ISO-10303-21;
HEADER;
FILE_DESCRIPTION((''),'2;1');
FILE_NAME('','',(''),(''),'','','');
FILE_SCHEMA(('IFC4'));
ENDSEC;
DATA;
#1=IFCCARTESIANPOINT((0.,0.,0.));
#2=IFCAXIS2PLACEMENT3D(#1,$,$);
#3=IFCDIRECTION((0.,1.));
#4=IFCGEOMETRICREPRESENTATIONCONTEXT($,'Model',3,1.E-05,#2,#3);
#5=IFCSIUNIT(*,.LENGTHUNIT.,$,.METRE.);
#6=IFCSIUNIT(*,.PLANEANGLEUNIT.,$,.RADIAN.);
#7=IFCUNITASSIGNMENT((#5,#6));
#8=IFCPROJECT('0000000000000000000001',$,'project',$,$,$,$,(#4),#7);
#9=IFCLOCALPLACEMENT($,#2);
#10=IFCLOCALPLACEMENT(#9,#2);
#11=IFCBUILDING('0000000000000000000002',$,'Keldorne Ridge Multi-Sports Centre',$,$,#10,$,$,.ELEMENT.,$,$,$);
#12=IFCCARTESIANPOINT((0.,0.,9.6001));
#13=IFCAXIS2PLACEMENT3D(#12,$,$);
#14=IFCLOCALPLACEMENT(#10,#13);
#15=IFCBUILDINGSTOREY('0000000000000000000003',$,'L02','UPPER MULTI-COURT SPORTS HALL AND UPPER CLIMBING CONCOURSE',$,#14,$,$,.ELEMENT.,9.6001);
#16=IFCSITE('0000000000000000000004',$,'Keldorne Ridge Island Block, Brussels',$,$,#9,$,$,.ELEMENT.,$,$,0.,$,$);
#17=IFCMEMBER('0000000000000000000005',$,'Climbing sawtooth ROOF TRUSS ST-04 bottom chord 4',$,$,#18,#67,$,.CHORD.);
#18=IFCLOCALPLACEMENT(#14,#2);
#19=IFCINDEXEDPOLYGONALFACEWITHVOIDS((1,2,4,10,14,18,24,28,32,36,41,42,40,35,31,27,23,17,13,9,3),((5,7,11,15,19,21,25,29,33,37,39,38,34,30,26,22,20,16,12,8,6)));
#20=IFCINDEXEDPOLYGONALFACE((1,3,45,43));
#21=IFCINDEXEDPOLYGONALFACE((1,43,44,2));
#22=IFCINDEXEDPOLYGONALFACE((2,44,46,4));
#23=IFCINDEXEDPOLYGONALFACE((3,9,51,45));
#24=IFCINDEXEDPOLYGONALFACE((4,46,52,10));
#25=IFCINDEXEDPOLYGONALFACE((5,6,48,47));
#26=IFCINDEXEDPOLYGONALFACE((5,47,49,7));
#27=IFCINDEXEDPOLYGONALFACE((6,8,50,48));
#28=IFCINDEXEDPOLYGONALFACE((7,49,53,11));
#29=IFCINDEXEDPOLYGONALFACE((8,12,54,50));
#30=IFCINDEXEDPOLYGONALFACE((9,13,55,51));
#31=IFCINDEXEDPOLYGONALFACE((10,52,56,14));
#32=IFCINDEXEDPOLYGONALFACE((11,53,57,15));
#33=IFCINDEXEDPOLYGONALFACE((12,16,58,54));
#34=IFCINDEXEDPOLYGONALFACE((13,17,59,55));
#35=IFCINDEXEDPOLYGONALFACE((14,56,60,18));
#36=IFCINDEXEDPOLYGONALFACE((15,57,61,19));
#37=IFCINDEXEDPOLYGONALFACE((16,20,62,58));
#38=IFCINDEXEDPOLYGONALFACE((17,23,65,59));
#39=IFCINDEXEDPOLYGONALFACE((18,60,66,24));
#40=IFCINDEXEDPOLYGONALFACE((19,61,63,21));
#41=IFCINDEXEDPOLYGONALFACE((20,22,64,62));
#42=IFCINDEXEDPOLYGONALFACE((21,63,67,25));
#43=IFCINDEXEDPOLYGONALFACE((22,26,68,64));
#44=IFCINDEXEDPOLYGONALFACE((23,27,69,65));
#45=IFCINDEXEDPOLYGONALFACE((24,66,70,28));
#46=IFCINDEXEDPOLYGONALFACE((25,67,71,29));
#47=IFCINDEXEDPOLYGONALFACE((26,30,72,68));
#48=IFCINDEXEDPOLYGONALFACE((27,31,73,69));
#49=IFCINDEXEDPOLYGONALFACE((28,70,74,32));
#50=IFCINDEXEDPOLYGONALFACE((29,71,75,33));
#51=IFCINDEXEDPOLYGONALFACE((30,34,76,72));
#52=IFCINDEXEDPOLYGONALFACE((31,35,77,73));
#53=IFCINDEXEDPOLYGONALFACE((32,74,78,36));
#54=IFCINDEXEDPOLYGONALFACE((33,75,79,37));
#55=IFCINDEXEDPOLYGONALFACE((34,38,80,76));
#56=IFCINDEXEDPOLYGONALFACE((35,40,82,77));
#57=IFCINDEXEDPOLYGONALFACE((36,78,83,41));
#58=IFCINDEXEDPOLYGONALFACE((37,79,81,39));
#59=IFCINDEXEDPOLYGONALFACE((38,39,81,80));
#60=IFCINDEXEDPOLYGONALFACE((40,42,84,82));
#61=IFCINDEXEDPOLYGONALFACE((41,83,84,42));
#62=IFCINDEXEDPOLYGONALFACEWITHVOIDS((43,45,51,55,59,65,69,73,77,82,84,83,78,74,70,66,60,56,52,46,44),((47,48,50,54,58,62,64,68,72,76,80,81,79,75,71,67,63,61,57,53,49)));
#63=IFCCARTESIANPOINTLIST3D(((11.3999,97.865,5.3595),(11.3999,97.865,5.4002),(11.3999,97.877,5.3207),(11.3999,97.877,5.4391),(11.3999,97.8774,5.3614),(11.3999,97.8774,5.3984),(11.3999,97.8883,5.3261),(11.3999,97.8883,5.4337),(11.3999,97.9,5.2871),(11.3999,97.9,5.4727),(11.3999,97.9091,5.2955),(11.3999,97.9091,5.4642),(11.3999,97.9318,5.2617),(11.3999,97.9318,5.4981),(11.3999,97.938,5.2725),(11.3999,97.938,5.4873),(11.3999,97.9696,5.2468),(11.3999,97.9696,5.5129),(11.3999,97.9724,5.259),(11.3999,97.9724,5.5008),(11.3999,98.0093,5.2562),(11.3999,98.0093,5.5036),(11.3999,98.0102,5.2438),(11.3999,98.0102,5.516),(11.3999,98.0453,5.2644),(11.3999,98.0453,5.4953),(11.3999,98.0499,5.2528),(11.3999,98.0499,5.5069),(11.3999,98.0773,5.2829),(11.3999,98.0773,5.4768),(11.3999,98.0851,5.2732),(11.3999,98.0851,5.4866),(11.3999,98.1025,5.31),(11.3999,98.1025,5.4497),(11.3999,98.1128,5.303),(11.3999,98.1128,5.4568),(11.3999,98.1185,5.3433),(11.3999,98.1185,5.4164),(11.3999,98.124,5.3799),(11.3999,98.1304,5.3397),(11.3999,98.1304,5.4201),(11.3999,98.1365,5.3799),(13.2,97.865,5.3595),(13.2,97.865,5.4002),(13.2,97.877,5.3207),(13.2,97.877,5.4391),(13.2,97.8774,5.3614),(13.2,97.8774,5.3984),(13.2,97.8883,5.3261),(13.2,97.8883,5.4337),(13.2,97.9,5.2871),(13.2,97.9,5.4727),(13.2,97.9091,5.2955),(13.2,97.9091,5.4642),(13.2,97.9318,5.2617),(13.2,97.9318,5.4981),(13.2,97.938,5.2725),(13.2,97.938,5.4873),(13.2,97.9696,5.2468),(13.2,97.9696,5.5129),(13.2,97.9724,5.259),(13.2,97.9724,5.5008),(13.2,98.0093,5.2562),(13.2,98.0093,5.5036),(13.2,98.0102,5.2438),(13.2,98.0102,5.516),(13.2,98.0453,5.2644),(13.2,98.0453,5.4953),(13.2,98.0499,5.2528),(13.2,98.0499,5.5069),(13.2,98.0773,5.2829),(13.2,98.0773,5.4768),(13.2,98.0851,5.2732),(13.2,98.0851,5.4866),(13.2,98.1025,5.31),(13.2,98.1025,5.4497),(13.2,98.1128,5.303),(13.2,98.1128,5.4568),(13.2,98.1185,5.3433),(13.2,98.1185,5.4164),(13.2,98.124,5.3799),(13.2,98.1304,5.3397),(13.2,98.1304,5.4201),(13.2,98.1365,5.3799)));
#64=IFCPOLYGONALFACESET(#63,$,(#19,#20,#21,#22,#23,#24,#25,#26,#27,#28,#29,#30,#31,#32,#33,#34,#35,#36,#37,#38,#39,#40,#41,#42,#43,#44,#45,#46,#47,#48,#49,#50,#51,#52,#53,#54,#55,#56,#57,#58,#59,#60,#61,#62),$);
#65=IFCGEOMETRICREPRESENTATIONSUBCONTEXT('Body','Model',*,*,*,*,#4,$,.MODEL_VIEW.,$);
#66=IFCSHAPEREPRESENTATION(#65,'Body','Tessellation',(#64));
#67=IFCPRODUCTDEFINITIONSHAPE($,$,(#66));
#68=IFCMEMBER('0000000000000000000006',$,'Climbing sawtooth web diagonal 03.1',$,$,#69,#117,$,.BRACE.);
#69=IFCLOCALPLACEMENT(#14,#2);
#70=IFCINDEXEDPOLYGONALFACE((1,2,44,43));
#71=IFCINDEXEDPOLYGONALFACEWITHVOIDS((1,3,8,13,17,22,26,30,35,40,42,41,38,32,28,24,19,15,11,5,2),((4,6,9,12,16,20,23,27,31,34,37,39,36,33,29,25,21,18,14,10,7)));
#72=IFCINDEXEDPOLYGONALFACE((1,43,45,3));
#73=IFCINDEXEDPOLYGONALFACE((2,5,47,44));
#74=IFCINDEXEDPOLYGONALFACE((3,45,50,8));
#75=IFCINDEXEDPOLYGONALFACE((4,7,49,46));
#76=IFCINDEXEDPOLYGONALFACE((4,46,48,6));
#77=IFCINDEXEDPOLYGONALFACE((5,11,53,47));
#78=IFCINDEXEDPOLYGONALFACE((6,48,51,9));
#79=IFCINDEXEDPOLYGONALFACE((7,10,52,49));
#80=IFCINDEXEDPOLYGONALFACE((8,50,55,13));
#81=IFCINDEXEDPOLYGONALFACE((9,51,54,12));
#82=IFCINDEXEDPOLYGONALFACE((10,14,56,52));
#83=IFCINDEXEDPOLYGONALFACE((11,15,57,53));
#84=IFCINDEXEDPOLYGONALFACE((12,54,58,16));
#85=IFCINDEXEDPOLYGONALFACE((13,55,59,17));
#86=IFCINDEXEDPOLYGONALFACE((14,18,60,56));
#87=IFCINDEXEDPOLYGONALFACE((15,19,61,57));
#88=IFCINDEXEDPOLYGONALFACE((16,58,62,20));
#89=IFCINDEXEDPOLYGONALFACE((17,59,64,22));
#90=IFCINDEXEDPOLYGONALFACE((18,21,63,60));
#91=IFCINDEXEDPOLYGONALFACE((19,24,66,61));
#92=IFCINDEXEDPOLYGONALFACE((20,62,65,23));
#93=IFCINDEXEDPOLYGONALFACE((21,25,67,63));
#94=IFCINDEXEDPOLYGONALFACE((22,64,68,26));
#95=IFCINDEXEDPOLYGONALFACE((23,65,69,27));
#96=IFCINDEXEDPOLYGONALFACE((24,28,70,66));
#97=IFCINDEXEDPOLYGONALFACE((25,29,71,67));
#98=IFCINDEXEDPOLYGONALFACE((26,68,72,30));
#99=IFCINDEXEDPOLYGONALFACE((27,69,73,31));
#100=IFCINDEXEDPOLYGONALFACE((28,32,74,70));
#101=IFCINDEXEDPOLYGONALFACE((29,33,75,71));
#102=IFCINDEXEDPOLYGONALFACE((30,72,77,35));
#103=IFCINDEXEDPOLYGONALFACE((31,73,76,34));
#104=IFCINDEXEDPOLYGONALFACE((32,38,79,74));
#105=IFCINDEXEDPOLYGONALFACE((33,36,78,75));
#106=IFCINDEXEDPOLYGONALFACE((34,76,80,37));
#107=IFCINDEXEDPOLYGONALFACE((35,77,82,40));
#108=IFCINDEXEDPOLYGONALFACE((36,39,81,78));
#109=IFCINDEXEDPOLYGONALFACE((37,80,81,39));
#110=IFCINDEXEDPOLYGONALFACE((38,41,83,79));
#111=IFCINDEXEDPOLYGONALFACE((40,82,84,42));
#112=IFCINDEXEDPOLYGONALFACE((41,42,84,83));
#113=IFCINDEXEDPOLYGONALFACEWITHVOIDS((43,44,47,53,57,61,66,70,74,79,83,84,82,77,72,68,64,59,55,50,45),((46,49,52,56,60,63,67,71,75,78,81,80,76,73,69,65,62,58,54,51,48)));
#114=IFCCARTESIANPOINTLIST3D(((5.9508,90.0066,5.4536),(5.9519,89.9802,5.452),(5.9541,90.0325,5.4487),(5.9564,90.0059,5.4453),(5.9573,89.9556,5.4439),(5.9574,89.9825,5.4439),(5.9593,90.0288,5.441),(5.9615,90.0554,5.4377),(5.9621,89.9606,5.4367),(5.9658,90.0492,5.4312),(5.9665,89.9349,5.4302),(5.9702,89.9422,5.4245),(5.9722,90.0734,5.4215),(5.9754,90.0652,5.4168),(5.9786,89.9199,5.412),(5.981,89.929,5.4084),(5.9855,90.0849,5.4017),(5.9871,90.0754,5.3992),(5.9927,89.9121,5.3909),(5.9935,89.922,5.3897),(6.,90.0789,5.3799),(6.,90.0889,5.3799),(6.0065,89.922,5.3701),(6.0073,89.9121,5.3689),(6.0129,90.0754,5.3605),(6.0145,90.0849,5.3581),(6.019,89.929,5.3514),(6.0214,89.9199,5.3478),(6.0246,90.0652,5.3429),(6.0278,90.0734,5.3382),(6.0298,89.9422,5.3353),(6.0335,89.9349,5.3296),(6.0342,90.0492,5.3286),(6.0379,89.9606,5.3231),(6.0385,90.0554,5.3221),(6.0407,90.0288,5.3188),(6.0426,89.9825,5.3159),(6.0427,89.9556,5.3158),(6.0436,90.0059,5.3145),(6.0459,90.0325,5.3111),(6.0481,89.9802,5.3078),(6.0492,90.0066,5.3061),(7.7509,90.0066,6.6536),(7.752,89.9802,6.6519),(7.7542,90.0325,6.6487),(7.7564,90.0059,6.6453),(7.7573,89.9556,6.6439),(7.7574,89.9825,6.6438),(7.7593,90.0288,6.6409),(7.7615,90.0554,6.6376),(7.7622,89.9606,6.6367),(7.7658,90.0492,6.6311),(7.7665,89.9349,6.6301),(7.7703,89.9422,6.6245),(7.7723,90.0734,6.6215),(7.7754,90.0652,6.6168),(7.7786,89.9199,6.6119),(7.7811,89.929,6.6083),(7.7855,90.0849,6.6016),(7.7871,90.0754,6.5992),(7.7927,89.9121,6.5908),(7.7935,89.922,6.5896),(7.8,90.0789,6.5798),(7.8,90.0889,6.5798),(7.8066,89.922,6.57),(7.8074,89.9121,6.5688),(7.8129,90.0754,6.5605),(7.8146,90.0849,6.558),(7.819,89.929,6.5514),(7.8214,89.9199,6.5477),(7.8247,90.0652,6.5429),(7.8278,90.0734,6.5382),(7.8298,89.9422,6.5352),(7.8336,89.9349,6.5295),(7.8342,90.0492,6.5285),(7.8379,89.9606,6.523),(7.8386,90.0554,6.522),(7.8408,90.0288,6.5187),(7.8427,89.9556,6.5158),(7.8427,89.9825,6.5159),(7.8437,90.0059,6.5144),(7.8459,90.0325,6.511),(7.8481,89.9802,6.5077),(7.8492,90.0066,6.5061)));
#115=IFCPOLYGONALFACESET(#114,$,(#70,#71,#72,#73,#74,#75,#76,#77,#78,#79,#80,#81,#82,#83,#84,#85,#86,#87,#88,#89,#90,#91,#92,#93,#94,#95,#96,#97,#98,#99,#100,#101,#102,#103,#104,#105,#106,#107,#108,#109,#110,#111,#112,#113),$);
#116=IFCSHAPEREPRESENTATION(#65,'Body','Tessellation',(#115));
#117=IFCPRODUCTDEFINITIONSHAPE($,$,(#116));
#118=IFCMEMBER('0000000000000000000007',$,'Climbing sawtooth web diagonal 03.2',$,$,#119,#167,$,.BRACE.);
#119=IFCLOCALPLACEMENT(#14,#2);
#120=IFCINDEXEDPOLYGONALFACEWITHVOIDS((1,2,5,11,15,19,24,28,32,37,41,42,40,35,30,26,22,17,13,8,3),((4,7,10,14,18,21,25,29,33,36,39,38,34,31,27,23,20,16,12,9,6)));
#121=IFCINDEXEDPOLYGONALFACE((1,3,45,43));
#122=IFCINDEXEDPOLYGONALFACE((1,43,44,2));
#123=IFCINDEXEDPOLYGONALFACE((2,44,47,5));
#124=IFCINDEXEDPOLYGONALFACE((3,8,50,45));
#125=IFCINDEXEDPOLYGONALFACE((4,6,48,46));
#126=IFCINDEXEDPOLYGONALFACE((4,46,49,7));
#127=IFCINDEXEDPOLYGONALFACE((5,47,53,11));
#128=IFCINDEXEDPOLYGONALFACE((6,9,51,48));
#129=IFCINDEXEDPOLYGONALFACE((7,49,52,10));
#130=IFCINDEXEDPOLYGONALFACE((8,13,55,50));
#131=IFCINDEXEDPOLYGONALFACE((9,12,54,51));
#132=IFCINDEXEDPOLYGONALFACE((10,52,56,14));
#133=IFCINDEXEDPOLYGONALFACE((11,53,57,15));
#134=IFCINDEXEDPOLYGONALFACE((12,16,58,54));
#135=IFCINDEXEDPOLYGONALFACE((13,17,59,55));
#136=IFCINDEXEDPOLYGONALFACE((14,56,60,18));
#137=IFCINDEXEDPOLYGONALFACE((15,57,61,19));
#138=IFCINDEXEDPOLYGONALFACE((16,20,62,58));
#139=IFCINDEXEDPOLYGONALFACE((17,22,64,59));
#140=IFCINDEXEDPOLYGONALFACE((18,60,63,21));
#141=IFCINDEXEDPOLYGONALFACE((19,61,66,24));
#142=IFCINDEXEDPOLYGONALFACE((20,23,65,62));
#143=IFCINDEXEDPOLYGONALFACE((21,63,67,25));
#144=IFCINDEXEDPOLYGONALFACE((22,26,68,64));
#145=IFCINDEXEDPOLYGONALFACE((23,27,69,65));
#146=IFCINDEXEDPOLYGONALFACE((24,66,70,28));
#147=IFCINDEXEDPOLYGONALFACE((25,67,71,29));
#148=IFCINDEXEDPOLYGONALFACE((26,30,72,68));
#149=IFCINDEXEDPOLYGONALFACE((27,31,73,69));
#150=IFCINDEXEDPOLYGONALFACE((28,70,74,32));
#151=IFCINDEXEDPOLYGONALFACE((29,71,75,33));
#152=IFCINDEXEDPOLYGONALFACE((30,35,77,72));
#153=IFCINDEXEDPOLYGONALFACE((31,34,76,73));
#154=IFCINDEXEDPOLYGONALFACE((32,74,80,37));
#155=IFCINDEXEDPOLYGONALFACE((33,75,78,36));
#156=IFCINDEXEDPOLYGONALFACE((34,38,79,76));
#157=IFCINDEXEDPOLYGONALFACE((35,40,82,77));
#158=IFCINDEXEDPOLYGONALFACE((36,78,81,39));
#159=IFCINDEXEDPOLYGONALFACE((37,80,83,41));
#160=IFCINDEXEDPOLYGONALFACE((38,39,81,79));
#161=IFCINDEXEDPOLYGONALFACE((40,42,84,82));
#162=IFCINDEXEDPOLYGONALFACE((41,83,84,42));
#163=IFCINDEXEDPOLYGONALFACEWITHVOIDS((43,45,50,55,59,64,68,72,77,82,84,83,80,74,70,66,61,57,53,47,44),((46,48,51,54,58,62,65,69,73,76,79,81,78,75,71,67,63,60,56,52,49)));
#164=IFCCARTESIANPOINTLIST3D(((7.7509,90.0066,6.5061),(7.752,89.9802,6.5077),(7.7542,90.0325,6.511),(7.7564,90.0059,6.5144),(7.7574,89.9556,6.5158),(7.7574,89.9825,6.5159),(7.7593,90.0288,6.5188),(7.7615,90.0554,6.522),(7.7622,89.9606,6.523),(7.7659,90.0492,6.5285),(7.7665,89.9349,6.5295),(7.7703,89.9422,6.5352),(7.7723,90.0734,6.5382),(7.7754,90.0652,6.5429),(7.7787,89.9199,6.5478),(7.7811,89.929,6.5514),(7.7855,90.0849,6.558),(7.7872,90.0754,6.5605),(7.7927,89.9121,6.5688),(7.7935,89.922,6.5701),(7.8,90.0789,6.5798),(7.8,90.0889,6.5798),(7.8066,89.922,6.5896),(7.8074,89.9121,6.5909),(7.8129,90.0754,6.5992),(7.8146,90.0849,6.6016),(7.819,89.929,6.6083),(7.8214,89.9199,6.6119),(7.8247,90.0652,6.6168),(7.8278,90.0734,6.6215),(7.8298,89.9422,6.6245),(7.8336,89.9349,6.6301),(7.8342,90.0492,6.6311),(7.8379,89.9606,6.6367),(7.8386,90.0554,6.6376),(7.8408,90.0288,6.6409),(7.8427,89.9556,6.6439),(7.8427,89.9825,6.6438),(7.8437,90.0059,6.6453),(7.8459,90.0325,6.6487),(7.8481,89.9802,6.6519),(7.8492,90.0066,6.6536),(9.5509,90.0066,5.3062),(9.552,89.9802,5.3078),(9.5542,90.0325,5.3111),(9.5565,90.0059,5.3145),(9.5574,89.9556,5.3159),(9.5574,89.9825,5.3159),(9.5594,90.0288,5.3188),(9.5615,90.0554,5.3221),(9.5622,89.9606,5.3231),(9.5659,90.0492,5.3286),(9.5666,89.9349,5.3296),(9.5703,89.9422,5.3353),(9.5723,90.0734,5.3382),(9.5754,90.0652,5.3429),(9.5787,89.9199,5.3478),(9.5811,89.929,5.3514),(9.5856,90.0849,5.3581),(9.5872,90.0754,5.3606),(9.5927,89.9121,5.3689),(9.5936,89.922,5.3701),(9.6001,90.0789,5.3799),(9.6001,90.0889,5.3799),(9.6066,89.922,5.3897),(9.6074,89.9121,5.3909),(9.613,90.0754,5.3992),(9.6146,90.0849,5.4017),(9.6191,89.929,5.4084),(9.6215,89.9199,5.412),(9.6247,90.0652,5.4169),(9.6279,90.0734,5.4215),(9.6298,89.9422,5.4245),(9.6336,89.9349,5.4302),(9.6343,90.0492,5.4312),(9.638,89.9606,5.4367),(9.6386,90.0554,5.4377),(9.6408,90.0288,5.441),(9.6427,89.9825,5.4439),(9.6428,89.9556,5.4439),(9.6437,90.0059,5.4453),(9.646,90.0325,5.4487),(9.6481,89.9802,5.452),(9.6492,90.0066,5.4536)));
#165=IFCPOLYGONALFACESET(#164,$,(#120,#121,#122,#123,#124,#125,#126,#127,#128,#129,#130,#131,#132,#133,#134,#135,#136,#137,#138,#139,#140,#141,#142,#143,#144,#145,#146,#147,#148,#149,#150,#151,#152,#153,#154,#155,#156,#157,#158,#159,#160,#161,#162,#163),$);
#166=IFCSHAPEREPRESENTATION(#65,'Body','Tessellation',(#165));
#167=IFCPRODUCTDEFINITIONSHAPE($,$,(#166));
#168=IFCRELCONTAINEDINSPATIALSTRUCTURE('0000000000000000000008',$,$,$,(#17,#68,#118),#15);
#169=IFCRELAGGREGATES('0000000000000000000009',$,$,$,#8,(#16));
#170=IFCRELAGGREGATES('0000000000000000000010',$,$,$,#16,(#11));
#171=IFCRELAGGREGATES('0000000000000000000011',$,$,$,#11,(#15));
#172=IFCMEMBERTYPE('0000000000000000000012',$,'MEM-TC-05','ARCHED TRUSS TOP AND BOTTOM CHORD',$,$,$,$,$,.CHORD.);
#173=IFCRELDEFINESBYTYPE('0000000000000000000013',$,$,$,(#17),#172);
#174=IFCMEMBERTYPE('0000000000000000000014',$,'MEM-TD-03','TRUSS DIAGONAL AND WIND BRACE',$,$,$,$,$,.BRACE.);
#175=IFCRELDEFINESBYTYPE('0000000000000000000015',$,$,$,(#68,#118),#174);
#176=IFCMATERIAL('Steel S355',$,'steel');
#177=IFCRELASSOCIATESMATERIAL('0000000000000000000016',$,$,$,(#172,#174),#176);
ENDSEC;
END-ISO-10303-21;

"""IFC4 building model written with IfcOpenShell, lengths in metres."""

from ifc_helpers import new_model, si_unit, direction, frame, origin, origin_2d, place, context, subcontext, project, spatial, hollow_circle, extrude, material, material_profile, profile_set, type_object, element, save


model = new_model("IFC4")

# Units and contexts
model_context = context("Model", 3, precision=1e-05, world=origin(), true_north=direction((0.0, 1.0)))
body_context = subcontext(model_context, "Body", "Model", "MODEL_VIEW")
ifc_project = project(units=[si_unit("LENGTHUNIT", "METRE"), si_unit("PLANEANGLEUNIT", "RADIAN")], contexts=[model_context])

# Site, building, storey
site_placement = place(None, origin())
site = spatial("IfcSite", under=ifc_project, at=site_placement, Name="Keldorne Ridge Island Block, Brussels", CompositionType="ELEMENT", RefElevation=0.0)
building_placement = place(site_placement, origin())
building = spatial("IfcBuilding", under=site, at=building_placement, Name="Keldorne Ridge Multi-Sports Centre", CompositionType="ELEMENT")
storey_placement = place(building_placement, frame((0.0, 0.0, 9.6001)))
storey = spatial("IfcBuildingStorey", under=building, at=storey_placement, Name="L02", Description="UPPER MULTI-COURT SPORTS HALL AND UPPER CLIMBING CONCOURSE", CompositionType="ELEMENT", Elevation=9.6001)

# Shared definitions
ifc_material_1 = material(Name="Steel S355", Category="steel")

# Members
ifc_material_profile_1 = material_profile(ifc_material_1, hollow_circle(Radius=0.1365, WallThickness=0.0125, at=origin_2d()), Name="CHS 273x12.5")
ifc_profile_set_1 = profile_set([ifc_material_profile_1], Name="Steel S355")
member_type_1 = type_object("IfcMemberType", Name="MEM-TC-05", Description="ARCHED TRUSS TOP AND BOTTOM CHORD", PredefinedType="CHORD", material=ifc_profile_set_1)
member_1_placement = place(storey_placement, frame((11.3999, 98.0, 5.3799), z_axis=(1.0, 0.0, 0.0), x_axis=(0.0, 1.0, 0.0)))
element("IfcMember", 1, at=member_1_placement, inside=storey, type_object=member_type_1, Name="Climbing sawtooth ROOF TRUSS ST-04 bottom chord 4", PredefinedType="CHORD", context=body_context, shape_type="SweptSolid", body=[
    extrude(hollow_circle(Radius=0.1365, WallThickness=0.0125, at=origin_2d()), origin(), (0.0, 0.0, 1.0), 1.8),
])
ifc_material_profile_2 = material_profile(ifc_material_1, hollow_circle(Radius=0.0889, WallThickness=0.01, at=origin_2d()), Name="CHS 177.8x10")
ifc_profile_set_2 = profile_set([ifc_material_profile_2], Name="Steel S355")
member_type_2 = type_object("IfcMemberType", Name="MEM-TD-03", Description="TRUSS DIAGONAL AND WIND BRACE", PredefinedType="BRACE", material=ifc_profile_set_2)
for number, where, z_axis, x_axis, name in (
    (2, (6.0, 90.0, 5.3799), (0.832068, 0.0, 0.554674), (0.0, 1.0, 0.0), "Climbing sawtooth web diagonal 03.1"),
    (3, (7.8, 90.0, 6.5798), (0.832068, 0.0, -0.554674), (0.0, 1.0, 0.0), "Climbing sawtooth web diagonal 03.2"),
):
    element("IfcMember", number, at=place(storey_placement, frame(where, z_axis=z_axis, x_axis=x_axis)), inside=storey, type_object=member_type_2, Name=name, PredefinedType="BRACE", context=body_context, shape_type="SweptSolid", body=[
        extrude(hollow_circle(Radius=0.0889, WallThickness=0.01, at=origin_2d()), origin(), (0.0, 0.0, 1.0), 2.1633),
    ])

save(model, "model.ifc")
